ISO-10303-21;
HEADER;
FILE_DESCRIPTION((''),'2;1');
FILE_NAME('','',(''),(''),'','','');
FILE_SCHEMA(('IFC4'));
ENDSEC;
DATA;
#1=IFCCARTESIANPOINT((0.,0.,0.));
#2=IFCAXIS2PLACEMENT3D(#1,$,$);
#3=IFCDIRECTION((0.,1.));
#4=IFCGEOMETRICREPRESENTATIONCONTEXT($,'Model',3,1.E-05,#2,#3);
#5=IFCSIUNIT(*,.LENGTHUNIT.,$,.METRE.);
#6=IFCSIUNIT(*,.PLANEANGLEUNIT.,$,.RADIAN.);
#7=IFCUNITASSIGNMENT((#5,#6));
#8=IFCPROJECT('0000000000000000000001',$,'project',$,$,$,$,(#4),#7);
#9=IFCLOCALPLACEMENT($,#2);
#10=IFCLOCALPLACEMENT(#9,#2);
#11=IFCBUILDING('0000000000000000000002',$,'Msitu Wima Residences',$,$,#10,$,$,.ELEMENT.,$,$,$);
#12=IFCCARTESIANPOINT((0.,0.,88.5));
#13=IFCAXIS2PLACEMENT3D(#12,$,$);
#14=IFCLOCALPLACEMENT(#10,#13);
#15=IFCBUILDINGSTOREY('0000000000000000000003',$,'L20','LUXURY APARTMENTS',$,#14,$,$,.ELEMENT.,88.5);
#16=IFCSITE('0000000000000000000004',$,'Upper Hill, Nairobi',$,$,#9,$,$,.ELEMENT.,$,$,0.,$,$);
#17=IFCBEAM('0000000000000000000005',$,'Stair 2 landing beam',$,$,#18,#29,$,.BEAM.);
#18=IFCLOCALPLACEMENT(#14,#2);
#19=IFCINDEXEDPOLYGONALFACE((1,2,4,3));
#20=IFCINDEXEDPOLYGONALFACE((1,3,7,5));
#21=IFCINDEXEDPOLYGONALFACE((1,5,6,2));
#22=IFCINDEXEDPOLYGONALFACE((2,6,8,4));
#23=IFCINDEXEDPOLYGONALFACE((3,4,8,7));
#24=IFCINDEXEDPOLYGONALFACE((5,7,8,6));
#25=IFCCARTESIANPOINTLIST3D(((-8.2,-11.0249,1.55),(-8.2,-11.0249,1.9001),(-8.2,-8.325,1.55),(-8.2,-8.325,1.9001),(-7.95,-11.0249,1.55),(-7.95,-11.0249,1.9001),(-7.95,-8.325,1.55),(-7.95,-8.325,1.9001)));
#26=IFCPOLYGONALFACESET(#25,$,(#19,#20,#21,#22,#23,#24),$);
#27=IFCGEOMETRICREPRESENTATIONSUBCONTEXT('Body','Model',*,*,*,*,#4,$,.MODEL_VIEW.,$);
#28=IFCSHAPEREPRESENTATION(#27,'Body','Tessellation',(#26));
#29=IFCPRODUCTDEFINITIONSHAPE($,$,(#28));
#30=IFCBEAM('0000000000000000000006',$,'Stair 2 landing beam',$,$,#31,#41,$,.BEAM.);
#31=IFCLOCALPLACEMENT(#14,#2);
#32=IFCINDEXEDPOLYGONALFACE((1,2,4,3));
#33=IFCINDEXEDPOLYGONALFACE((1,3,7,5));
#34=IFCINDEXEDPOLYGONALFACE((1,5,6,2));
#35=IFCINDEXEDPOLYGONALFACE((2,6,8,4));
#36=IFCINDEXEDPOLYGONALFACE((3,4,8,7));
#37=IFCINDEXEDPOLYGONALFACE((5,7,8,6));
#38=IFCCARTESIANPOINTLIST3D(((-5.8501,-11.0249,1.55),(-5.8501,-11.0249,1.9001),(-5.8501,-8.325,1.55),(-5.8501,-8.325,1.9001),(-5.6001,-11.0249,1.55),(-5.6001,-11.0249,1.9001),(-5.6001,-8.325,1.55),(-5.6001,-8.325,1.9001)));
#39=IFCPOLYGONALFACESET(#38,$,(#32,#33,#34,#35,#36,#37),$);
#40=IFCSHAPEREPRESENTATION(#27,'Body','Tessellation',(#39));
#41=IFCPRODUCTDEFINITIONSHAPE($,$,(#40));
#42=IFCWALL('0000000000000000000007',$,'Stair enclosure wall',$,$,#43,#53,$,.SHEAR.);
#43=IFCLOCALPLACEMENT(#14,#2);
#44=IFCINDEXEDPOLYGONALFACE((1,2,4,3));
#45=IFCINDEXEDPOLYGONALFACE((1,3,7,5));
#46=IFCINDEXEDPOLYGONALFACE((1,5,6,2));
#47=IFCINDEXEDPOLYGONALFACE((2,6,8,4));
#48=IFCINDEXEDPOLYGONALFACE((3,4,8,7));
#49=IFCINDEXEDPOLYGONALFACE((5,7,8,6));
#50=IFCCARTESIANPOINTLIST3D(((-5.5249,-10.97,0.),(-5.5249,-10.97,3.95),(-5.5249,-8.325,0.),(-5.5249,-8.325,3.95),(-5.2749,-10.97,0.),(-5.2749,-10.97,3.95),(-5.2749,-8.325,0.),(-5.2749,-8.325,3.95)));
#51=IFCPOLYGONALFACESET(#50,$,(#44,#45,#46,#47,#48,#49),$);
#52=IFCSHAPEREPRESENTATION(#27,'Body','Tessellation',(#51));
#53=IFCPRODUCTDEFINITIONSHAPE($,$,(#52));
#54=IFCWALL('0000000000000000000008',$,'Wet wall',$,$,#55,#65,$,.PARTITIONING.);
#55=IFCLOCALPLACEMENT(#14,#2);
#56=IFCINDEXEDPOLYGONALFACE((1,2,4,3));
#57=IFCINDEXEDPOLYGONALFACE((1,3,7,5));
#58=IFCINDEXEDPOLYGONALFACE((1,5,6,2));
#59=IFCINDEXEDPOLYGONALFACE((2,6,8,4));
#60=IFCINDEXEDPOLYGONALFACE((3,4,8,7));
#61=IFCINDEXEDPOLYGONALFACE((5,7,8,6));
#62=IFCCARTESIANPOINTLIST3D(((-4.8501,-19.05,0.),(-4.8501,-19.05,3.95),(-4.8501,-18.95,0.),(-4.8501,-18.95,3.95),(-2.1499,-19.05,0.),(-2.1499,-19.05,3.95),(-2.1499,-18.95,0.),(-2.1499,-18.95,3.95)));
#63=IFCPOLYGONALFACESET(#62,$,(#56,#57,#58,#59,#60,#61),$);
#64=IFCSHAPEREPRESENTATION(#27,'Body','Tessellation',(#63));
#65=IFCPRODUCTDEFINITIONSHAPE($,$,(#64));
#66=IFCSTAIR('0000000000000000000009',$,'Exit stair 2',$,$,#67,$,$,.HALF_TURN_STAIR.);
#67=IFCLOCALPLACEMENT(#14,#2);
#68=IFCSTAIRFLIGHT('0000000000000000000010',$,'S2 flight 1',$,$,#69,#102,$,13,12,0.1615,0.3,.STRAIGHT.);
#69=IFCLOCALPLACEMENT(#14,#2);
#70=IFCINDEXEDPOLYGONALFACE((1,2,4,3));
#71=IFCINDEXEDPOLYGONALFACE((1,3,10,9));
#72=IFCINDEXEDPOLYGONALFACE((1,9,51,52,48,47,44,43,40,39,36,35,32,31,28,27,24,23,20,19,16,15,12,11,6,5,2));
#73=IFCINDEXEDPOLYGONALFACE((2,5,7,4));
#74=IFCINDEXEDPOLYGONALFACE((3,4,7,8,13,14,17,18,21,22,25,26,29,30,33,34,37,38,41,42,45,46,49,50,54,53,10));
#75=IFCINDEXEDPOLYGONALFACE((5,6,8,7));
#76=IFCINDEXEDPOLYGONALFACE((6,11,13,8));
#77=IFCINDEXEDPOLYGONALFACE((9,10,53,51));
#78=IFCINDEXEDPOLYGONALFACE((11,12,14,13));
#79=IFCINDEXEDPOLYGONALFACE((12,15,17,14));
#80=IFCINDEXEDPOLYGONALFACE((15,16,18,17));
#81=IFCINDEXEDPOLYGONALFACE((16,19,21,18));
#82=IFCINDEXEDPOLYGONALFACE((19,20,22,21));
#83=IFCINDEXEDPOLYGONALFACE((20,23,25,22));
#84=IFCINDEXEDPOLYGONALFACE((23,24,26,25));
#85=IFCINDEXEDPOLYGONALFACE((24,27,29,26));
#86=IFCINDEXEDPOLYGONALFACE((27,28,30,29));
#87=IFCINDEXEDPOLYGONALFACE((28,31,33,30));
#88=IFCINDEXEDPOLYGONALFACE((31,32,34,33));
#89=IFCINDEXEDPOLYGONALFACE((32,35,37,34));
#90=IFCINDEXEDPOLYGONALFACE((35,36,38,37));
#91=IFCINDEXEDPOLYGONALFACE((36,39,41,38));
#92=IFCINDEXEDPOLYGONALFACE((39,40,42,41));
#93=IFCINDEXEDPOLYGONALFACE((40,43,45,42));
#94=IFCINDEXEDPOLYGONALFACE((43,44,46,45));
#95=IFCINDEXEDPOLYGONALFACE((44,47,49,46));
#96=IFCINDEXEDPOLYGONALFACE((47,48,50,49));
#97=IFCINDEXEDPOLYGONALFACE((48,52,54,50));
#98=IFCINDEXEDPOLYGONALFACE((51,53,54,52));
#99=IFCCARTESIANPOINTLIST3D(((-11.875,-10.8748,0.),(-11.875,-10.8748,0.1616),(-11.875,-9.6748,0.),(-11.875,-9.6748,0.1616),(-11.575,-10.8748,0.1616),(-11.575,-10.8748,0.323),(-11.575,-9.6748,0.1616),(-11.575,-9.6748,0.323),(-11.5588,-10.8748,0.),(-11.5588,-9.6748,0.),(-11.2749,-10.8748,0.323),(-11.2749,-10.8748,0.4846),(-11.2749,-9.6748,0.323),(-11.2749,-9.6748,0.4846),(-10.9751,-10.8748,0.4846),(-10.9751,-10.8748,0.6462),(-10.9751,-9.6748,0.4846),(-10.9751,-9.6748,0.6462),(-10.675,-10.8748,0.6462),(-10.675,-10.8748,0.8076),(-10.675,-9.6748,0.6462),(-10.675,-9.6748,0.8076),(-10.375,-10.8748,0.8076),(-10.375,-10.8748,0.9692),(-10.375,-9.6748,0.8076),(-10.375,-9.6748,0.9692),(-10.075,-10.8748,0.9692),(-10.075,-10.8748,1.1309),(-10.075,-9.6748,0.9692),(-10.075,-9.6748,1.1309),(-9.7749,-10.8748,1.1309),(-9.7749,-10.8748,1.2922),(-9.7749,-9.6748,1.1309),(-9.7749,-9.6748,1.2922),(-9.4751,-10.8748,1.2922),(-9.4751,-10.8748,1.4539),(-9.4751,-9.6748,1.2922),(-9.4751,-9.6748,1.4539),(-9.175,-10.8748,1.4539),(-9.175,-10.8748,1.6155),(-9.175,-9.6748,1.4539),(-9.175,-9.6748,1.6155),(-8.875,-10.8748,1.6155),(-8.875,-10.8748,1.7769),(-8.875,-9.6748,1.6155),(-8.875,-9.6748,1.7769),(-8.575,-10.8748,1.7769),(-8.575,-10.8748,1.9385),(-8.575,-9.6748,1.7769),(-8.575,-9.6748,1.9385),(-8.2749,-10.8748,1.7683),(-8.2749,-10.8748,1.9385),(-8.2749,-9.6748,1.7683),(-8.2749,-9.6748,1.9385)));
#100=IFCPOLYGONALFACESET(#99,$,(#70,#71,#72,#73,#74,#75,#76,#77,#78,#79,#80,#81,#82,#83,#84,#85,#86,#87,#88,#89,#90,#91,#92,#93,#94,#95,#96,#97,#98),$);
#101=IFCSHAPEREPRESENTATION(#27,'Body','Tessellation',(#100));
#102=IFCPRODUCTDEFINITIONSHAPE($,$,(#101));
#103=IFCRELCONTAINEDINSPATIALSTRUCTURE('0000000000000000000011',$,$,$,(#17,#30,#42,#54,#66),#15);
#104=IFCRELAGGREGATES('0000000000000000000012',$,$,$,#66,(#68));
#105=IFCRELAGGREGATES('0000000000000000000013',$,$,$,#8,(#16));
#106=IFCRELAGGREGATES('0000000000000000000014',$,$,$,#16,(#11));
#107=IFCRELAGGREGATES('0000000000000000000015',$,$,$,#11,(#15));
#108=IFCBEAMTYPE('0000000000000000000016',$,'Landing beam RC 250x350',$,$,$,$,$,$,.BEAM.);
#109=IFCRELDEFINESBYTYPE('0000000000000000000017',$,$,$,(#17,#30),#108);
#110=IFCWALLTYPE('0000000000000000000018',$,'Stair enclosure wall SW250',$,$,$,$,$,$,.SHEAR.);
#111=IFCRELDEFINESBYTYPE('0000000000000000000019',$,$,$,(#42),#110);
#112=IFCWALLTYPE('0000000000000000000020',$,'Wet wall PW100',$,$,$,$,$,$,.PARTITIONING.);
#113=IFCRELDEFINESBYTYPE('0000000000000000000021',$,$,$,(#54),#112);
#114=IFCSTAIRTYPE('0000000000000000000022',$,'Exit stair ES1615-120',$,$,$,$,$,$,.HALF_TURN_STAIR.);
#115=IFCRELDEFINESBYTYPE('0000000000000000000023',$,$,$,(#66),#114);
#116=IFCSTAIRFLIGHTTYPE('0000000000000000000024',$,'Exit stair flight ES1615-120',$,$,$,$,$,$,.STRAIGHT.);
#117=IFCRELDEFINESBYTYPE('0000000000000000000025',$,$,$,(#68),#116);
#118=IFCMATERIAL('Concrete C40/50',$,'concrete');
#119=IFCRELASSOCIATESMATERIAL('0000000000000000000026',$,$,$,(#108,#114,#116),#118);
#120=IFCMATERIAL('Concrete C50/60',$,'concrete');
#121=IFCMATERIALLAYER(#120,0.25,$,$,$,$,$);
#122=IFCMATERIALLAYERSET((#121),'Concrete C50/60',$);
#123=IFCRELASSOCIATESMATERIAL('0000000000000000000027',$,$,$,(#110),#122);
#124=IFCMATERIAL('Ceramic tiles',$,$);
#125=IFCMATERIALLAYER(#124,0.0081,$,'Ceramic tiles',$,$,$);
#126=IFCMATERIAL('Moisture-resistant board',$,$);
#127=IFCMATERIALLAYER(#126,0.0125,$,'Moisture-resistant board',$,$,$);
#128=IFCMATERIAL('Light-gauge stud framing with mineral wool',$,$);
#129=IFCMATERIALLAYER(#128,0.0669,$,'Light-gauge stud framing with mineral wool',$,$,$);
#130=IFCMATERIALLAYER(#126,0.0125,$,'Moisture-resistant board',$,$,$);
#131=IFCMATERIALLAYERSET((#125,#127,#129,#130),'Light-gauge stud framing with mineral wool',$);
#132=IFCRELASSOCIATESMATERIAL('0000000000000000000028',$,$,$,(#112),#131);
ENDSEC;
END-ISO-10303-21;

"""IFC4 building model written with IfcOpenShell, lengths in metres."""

from ifc_helpers import new_model, si_unit, direction, frame, frame_2d, origin, origin_2d, place, context, subcontext, project, spatial, polyline, rectangle, outline, extrude, material, layer, layer_set, material_profile, profile_set, type_object, element, aggregate, save


model = new_model("IFC4")

# Units and contexts
model_context = context("Model", 3, precision=1e-05, world=origin(), true_north=direction((0.0, 1.0)))
body_context = subcontext(model_context, "Body", "Model", "MODEL_VIEW")
ifc_project = project(units=[si_unit("LENGTHUNIT", "METRE"), si_unit("PLANEANGLEUNIT", "RADIAN")], contexts=[model_context])

# Site, building, storey
site_placement = place(None, origin())
site = spatial("IfcSite", under=ifc_project, at=site_placement, Name="Upper Hill, Nairobi", CompositionType="ELEMENT", RefElevation=0.0)
building_placement = place(site_placement, origin())
building = spatial("IfcBuilding", under=site, at=building_placement, Name="Msitu Wima Residences", CompositionType="ELEMENT")
storey_placement = place(building_placement, frame((0.0, 0.0, 88.5)))
storey = spatial("IfcBuildingStorey", under=building, at=storey_placement, Name="L20", Description="LUXURY APARTMENTS", CompositionType="ELEMENT", Elevation=88.5)

# Beams
ifc_material_1 = material(Name="Concrete C40/50", Category="concrete")
ifc_material_profile = material_profile(ifc_material_1, rectangle(XDim=0.25, YDim=0.3501, at=origin_2d()), Name="RC 250x350")
ifc_profile_set = profile_set([ifc_material_profile], Name="Concrete C40/50")
beam_type = type_object("IfcBeamType", Name="Landing beam RC 250x350", PredefinedType="BEAM", material=ifc_profile_set)
for number, where, z_axis, x_axis, name in (
    (1, (-8.075, -11.0249, 1.7251), (0.0, 1.0, 0.0), (-1.0, 0.0, 0.0), "Stair 2 landing beam"),
    (2, (-5.7251, -11.0249, 1.7251), (0.0, 1.0, 0.0), (-1.0, 0.0, 0.0), "Stair 2 landing beam"),
):
    element("IfcBeam", number, at=place(storey_placement, frame(where, z_axis=z_axis, x_axis=x_axis)), inside=storey, type_object=beam_type, Name=name, PredefinedType="BEAM", context=body_context, shape_type="SweptSolid", body=[
        extrude(rectangle(XDim=0.25, YDim=0.3501, at=origin_2d()), origin(), (0.0, 0.0, 1.0), 2.7),
    ])

# Walls
ifc_material_2 = material(Name="Concrete C50/60", Category="concrete")
ifc_layer_1 = layer(ifc_material_2, 0.25)
ifc_layer_set_1 = layer_set([ifc_layer_1], Name="Concrete C50/60")
wall_type_1 = type_object("IfcWallType", Name="Stair enclosure wall SW250", PredefinedType="SHEAR", material=ifc_layer_set_1)
wall_1_placement = place(storey_placement, frame((-5.3999, -10.97, 0.0), z_axis=(0.0, 0.0, 1.0), x_axis=(0.0, 1.0, 0.0)))
element("IfcWall", 3, at=wall_1_placement, inside=storey, type_object=wall_type_1, Name="Stair enclosure wall", PredefinedType="SHEAR", context=body_context, shape_type="SweptSolid", body=[
    extrude(rectangle(XDim=2.645, YDim=0.25, at=frame_2d((1.3225, 0.0))), origin(), (0.0, 0.0, 1.0), 3.95),
])
ifc_material_3 = material(Name="Ceramic tiles")
ifc_layer_2 = layer(ifc_material_3, 0.0081, Name="Ceramic tiles")
ifc_material_4 = material(Name="Moisture-resistant board")
ifc_layer_3 = layer(ifc_material_4, 0.0125, Name="Moisture-resistant board")
ifc_material_5 = material(Name="Light-gauge stud framing with mineral wool")
ifc_layer_4 = layer(ifc_material_5, 0.0669, Name="Light-gauge stud framing with mineral wool")
ifc_layer_5 = layer(ifc_material_4, 0.0125, Name="Moisture-resistant board")
ifc_layer_set_2 = layer_set([ifc_layer_2, ifc_layer_3, ifc_layer_4, ifc_layer_5], Name="Light-gauge stud framing with mineral wool")
wall_type_2 = type_object("IfcWallType", Name="Wet wall PW100", PredefinedType="PARTITIONING", material=ifc_layer_set_2)
wall_2_placement = place(storey_placement, frame((-4.8501, -19.0, 0.0), z_axis=(0.0, 0.0, 1.0), x_axis=(1.0, 0.0, 0.0)))
element("IfcWall", 4, at=wall_2_placement, inside=storey, type_object=wall_type_2, Name="Wet wall", PredefinedType="PARTITIONING", context=body_context, shape_type="SweptSolid", body=[
    extrude(rectangle(XDim=2.7002, YDim=0.1001, at=frame_2d((1.3501, 0.0))), origin(), (0.0, 0.0, 1.0), 3.95),
])

# Stair, stair flight
stair_type = type_object("IfcStairType", Name="Exit stair ES1615-120", PredefinedType="HALF_TURN_STAIR", material=ifc_material_1)
stair_placement = place(storey_placement, origin())
stair = element("IfcStair", 5, at=stair_placement, inside=storey, type_object=stair_type, Name="Exit stair 2", PredefinedType="HALF_TURN_STAIR")
stair_flight_type = type_object("IfcStairFlightType", Name="Exit stair flight ES1615-120", PredefinedType="STRAIGHT", material=ifc_material_1)
stair_flight_placement = place(storey_placement, frame((-11.875, -10.2749, 0.0), z_axis=(0.0, 0.0, 1.0), x_axis=(1.0, 0.0, 0.0)))
stair_flight = element("IfcStairFlight", 6, at=stair_flight_placement, type_object=stair_flight_type, Name="S2 flight 1", NumberOfRisers=13, NumberOfTreads=12, PredefinedType="STRAIGHT", RiserHeight=0.1615, TreadLength=0.3, context=body_context, shape_type="SweptSolid", body=[
    extrude(outline(polyline([(0.0, 0.0), (0.0, 0.1616), (0.3, 0.1616), (0.3, 0.323), (0.6001, 0.323), (0.6001, 0.4846), (0.8999, 0.4846), (0.8999, 0.6462), (1.2, 0.6462), (1.2, 0.8076), (1.5, 0.8076), (1.5, 0.9692), (1.8, 0.9692), (1.8, 1.1309), (2.1001, 1.1309), (2.1001, 1.2922), (2.3999, 1.2922), (2.3999, 1.4539), (2.7, 1.4539), (2.7, 1.6155), (3.0, 1.6155), (3.0, 1.7769), (3.3, 1.7769), (3.3, 1.9385), (3.6001, 1.9385), (3.6001, 2.1001), (3.6001, 1.7683), (0.3162, 0.0), (0.0, 0.0)])), frame((0.0, 0.6001, 0.0), z_axis=(0.0, -1.0, 0.0), x_axis=(1.0, 0.0, 0.0)), (0.0, 0.0, 1.0), 1.2),
])
aggregate(stair, [stair_flight])

save(model, "model.ifc")
